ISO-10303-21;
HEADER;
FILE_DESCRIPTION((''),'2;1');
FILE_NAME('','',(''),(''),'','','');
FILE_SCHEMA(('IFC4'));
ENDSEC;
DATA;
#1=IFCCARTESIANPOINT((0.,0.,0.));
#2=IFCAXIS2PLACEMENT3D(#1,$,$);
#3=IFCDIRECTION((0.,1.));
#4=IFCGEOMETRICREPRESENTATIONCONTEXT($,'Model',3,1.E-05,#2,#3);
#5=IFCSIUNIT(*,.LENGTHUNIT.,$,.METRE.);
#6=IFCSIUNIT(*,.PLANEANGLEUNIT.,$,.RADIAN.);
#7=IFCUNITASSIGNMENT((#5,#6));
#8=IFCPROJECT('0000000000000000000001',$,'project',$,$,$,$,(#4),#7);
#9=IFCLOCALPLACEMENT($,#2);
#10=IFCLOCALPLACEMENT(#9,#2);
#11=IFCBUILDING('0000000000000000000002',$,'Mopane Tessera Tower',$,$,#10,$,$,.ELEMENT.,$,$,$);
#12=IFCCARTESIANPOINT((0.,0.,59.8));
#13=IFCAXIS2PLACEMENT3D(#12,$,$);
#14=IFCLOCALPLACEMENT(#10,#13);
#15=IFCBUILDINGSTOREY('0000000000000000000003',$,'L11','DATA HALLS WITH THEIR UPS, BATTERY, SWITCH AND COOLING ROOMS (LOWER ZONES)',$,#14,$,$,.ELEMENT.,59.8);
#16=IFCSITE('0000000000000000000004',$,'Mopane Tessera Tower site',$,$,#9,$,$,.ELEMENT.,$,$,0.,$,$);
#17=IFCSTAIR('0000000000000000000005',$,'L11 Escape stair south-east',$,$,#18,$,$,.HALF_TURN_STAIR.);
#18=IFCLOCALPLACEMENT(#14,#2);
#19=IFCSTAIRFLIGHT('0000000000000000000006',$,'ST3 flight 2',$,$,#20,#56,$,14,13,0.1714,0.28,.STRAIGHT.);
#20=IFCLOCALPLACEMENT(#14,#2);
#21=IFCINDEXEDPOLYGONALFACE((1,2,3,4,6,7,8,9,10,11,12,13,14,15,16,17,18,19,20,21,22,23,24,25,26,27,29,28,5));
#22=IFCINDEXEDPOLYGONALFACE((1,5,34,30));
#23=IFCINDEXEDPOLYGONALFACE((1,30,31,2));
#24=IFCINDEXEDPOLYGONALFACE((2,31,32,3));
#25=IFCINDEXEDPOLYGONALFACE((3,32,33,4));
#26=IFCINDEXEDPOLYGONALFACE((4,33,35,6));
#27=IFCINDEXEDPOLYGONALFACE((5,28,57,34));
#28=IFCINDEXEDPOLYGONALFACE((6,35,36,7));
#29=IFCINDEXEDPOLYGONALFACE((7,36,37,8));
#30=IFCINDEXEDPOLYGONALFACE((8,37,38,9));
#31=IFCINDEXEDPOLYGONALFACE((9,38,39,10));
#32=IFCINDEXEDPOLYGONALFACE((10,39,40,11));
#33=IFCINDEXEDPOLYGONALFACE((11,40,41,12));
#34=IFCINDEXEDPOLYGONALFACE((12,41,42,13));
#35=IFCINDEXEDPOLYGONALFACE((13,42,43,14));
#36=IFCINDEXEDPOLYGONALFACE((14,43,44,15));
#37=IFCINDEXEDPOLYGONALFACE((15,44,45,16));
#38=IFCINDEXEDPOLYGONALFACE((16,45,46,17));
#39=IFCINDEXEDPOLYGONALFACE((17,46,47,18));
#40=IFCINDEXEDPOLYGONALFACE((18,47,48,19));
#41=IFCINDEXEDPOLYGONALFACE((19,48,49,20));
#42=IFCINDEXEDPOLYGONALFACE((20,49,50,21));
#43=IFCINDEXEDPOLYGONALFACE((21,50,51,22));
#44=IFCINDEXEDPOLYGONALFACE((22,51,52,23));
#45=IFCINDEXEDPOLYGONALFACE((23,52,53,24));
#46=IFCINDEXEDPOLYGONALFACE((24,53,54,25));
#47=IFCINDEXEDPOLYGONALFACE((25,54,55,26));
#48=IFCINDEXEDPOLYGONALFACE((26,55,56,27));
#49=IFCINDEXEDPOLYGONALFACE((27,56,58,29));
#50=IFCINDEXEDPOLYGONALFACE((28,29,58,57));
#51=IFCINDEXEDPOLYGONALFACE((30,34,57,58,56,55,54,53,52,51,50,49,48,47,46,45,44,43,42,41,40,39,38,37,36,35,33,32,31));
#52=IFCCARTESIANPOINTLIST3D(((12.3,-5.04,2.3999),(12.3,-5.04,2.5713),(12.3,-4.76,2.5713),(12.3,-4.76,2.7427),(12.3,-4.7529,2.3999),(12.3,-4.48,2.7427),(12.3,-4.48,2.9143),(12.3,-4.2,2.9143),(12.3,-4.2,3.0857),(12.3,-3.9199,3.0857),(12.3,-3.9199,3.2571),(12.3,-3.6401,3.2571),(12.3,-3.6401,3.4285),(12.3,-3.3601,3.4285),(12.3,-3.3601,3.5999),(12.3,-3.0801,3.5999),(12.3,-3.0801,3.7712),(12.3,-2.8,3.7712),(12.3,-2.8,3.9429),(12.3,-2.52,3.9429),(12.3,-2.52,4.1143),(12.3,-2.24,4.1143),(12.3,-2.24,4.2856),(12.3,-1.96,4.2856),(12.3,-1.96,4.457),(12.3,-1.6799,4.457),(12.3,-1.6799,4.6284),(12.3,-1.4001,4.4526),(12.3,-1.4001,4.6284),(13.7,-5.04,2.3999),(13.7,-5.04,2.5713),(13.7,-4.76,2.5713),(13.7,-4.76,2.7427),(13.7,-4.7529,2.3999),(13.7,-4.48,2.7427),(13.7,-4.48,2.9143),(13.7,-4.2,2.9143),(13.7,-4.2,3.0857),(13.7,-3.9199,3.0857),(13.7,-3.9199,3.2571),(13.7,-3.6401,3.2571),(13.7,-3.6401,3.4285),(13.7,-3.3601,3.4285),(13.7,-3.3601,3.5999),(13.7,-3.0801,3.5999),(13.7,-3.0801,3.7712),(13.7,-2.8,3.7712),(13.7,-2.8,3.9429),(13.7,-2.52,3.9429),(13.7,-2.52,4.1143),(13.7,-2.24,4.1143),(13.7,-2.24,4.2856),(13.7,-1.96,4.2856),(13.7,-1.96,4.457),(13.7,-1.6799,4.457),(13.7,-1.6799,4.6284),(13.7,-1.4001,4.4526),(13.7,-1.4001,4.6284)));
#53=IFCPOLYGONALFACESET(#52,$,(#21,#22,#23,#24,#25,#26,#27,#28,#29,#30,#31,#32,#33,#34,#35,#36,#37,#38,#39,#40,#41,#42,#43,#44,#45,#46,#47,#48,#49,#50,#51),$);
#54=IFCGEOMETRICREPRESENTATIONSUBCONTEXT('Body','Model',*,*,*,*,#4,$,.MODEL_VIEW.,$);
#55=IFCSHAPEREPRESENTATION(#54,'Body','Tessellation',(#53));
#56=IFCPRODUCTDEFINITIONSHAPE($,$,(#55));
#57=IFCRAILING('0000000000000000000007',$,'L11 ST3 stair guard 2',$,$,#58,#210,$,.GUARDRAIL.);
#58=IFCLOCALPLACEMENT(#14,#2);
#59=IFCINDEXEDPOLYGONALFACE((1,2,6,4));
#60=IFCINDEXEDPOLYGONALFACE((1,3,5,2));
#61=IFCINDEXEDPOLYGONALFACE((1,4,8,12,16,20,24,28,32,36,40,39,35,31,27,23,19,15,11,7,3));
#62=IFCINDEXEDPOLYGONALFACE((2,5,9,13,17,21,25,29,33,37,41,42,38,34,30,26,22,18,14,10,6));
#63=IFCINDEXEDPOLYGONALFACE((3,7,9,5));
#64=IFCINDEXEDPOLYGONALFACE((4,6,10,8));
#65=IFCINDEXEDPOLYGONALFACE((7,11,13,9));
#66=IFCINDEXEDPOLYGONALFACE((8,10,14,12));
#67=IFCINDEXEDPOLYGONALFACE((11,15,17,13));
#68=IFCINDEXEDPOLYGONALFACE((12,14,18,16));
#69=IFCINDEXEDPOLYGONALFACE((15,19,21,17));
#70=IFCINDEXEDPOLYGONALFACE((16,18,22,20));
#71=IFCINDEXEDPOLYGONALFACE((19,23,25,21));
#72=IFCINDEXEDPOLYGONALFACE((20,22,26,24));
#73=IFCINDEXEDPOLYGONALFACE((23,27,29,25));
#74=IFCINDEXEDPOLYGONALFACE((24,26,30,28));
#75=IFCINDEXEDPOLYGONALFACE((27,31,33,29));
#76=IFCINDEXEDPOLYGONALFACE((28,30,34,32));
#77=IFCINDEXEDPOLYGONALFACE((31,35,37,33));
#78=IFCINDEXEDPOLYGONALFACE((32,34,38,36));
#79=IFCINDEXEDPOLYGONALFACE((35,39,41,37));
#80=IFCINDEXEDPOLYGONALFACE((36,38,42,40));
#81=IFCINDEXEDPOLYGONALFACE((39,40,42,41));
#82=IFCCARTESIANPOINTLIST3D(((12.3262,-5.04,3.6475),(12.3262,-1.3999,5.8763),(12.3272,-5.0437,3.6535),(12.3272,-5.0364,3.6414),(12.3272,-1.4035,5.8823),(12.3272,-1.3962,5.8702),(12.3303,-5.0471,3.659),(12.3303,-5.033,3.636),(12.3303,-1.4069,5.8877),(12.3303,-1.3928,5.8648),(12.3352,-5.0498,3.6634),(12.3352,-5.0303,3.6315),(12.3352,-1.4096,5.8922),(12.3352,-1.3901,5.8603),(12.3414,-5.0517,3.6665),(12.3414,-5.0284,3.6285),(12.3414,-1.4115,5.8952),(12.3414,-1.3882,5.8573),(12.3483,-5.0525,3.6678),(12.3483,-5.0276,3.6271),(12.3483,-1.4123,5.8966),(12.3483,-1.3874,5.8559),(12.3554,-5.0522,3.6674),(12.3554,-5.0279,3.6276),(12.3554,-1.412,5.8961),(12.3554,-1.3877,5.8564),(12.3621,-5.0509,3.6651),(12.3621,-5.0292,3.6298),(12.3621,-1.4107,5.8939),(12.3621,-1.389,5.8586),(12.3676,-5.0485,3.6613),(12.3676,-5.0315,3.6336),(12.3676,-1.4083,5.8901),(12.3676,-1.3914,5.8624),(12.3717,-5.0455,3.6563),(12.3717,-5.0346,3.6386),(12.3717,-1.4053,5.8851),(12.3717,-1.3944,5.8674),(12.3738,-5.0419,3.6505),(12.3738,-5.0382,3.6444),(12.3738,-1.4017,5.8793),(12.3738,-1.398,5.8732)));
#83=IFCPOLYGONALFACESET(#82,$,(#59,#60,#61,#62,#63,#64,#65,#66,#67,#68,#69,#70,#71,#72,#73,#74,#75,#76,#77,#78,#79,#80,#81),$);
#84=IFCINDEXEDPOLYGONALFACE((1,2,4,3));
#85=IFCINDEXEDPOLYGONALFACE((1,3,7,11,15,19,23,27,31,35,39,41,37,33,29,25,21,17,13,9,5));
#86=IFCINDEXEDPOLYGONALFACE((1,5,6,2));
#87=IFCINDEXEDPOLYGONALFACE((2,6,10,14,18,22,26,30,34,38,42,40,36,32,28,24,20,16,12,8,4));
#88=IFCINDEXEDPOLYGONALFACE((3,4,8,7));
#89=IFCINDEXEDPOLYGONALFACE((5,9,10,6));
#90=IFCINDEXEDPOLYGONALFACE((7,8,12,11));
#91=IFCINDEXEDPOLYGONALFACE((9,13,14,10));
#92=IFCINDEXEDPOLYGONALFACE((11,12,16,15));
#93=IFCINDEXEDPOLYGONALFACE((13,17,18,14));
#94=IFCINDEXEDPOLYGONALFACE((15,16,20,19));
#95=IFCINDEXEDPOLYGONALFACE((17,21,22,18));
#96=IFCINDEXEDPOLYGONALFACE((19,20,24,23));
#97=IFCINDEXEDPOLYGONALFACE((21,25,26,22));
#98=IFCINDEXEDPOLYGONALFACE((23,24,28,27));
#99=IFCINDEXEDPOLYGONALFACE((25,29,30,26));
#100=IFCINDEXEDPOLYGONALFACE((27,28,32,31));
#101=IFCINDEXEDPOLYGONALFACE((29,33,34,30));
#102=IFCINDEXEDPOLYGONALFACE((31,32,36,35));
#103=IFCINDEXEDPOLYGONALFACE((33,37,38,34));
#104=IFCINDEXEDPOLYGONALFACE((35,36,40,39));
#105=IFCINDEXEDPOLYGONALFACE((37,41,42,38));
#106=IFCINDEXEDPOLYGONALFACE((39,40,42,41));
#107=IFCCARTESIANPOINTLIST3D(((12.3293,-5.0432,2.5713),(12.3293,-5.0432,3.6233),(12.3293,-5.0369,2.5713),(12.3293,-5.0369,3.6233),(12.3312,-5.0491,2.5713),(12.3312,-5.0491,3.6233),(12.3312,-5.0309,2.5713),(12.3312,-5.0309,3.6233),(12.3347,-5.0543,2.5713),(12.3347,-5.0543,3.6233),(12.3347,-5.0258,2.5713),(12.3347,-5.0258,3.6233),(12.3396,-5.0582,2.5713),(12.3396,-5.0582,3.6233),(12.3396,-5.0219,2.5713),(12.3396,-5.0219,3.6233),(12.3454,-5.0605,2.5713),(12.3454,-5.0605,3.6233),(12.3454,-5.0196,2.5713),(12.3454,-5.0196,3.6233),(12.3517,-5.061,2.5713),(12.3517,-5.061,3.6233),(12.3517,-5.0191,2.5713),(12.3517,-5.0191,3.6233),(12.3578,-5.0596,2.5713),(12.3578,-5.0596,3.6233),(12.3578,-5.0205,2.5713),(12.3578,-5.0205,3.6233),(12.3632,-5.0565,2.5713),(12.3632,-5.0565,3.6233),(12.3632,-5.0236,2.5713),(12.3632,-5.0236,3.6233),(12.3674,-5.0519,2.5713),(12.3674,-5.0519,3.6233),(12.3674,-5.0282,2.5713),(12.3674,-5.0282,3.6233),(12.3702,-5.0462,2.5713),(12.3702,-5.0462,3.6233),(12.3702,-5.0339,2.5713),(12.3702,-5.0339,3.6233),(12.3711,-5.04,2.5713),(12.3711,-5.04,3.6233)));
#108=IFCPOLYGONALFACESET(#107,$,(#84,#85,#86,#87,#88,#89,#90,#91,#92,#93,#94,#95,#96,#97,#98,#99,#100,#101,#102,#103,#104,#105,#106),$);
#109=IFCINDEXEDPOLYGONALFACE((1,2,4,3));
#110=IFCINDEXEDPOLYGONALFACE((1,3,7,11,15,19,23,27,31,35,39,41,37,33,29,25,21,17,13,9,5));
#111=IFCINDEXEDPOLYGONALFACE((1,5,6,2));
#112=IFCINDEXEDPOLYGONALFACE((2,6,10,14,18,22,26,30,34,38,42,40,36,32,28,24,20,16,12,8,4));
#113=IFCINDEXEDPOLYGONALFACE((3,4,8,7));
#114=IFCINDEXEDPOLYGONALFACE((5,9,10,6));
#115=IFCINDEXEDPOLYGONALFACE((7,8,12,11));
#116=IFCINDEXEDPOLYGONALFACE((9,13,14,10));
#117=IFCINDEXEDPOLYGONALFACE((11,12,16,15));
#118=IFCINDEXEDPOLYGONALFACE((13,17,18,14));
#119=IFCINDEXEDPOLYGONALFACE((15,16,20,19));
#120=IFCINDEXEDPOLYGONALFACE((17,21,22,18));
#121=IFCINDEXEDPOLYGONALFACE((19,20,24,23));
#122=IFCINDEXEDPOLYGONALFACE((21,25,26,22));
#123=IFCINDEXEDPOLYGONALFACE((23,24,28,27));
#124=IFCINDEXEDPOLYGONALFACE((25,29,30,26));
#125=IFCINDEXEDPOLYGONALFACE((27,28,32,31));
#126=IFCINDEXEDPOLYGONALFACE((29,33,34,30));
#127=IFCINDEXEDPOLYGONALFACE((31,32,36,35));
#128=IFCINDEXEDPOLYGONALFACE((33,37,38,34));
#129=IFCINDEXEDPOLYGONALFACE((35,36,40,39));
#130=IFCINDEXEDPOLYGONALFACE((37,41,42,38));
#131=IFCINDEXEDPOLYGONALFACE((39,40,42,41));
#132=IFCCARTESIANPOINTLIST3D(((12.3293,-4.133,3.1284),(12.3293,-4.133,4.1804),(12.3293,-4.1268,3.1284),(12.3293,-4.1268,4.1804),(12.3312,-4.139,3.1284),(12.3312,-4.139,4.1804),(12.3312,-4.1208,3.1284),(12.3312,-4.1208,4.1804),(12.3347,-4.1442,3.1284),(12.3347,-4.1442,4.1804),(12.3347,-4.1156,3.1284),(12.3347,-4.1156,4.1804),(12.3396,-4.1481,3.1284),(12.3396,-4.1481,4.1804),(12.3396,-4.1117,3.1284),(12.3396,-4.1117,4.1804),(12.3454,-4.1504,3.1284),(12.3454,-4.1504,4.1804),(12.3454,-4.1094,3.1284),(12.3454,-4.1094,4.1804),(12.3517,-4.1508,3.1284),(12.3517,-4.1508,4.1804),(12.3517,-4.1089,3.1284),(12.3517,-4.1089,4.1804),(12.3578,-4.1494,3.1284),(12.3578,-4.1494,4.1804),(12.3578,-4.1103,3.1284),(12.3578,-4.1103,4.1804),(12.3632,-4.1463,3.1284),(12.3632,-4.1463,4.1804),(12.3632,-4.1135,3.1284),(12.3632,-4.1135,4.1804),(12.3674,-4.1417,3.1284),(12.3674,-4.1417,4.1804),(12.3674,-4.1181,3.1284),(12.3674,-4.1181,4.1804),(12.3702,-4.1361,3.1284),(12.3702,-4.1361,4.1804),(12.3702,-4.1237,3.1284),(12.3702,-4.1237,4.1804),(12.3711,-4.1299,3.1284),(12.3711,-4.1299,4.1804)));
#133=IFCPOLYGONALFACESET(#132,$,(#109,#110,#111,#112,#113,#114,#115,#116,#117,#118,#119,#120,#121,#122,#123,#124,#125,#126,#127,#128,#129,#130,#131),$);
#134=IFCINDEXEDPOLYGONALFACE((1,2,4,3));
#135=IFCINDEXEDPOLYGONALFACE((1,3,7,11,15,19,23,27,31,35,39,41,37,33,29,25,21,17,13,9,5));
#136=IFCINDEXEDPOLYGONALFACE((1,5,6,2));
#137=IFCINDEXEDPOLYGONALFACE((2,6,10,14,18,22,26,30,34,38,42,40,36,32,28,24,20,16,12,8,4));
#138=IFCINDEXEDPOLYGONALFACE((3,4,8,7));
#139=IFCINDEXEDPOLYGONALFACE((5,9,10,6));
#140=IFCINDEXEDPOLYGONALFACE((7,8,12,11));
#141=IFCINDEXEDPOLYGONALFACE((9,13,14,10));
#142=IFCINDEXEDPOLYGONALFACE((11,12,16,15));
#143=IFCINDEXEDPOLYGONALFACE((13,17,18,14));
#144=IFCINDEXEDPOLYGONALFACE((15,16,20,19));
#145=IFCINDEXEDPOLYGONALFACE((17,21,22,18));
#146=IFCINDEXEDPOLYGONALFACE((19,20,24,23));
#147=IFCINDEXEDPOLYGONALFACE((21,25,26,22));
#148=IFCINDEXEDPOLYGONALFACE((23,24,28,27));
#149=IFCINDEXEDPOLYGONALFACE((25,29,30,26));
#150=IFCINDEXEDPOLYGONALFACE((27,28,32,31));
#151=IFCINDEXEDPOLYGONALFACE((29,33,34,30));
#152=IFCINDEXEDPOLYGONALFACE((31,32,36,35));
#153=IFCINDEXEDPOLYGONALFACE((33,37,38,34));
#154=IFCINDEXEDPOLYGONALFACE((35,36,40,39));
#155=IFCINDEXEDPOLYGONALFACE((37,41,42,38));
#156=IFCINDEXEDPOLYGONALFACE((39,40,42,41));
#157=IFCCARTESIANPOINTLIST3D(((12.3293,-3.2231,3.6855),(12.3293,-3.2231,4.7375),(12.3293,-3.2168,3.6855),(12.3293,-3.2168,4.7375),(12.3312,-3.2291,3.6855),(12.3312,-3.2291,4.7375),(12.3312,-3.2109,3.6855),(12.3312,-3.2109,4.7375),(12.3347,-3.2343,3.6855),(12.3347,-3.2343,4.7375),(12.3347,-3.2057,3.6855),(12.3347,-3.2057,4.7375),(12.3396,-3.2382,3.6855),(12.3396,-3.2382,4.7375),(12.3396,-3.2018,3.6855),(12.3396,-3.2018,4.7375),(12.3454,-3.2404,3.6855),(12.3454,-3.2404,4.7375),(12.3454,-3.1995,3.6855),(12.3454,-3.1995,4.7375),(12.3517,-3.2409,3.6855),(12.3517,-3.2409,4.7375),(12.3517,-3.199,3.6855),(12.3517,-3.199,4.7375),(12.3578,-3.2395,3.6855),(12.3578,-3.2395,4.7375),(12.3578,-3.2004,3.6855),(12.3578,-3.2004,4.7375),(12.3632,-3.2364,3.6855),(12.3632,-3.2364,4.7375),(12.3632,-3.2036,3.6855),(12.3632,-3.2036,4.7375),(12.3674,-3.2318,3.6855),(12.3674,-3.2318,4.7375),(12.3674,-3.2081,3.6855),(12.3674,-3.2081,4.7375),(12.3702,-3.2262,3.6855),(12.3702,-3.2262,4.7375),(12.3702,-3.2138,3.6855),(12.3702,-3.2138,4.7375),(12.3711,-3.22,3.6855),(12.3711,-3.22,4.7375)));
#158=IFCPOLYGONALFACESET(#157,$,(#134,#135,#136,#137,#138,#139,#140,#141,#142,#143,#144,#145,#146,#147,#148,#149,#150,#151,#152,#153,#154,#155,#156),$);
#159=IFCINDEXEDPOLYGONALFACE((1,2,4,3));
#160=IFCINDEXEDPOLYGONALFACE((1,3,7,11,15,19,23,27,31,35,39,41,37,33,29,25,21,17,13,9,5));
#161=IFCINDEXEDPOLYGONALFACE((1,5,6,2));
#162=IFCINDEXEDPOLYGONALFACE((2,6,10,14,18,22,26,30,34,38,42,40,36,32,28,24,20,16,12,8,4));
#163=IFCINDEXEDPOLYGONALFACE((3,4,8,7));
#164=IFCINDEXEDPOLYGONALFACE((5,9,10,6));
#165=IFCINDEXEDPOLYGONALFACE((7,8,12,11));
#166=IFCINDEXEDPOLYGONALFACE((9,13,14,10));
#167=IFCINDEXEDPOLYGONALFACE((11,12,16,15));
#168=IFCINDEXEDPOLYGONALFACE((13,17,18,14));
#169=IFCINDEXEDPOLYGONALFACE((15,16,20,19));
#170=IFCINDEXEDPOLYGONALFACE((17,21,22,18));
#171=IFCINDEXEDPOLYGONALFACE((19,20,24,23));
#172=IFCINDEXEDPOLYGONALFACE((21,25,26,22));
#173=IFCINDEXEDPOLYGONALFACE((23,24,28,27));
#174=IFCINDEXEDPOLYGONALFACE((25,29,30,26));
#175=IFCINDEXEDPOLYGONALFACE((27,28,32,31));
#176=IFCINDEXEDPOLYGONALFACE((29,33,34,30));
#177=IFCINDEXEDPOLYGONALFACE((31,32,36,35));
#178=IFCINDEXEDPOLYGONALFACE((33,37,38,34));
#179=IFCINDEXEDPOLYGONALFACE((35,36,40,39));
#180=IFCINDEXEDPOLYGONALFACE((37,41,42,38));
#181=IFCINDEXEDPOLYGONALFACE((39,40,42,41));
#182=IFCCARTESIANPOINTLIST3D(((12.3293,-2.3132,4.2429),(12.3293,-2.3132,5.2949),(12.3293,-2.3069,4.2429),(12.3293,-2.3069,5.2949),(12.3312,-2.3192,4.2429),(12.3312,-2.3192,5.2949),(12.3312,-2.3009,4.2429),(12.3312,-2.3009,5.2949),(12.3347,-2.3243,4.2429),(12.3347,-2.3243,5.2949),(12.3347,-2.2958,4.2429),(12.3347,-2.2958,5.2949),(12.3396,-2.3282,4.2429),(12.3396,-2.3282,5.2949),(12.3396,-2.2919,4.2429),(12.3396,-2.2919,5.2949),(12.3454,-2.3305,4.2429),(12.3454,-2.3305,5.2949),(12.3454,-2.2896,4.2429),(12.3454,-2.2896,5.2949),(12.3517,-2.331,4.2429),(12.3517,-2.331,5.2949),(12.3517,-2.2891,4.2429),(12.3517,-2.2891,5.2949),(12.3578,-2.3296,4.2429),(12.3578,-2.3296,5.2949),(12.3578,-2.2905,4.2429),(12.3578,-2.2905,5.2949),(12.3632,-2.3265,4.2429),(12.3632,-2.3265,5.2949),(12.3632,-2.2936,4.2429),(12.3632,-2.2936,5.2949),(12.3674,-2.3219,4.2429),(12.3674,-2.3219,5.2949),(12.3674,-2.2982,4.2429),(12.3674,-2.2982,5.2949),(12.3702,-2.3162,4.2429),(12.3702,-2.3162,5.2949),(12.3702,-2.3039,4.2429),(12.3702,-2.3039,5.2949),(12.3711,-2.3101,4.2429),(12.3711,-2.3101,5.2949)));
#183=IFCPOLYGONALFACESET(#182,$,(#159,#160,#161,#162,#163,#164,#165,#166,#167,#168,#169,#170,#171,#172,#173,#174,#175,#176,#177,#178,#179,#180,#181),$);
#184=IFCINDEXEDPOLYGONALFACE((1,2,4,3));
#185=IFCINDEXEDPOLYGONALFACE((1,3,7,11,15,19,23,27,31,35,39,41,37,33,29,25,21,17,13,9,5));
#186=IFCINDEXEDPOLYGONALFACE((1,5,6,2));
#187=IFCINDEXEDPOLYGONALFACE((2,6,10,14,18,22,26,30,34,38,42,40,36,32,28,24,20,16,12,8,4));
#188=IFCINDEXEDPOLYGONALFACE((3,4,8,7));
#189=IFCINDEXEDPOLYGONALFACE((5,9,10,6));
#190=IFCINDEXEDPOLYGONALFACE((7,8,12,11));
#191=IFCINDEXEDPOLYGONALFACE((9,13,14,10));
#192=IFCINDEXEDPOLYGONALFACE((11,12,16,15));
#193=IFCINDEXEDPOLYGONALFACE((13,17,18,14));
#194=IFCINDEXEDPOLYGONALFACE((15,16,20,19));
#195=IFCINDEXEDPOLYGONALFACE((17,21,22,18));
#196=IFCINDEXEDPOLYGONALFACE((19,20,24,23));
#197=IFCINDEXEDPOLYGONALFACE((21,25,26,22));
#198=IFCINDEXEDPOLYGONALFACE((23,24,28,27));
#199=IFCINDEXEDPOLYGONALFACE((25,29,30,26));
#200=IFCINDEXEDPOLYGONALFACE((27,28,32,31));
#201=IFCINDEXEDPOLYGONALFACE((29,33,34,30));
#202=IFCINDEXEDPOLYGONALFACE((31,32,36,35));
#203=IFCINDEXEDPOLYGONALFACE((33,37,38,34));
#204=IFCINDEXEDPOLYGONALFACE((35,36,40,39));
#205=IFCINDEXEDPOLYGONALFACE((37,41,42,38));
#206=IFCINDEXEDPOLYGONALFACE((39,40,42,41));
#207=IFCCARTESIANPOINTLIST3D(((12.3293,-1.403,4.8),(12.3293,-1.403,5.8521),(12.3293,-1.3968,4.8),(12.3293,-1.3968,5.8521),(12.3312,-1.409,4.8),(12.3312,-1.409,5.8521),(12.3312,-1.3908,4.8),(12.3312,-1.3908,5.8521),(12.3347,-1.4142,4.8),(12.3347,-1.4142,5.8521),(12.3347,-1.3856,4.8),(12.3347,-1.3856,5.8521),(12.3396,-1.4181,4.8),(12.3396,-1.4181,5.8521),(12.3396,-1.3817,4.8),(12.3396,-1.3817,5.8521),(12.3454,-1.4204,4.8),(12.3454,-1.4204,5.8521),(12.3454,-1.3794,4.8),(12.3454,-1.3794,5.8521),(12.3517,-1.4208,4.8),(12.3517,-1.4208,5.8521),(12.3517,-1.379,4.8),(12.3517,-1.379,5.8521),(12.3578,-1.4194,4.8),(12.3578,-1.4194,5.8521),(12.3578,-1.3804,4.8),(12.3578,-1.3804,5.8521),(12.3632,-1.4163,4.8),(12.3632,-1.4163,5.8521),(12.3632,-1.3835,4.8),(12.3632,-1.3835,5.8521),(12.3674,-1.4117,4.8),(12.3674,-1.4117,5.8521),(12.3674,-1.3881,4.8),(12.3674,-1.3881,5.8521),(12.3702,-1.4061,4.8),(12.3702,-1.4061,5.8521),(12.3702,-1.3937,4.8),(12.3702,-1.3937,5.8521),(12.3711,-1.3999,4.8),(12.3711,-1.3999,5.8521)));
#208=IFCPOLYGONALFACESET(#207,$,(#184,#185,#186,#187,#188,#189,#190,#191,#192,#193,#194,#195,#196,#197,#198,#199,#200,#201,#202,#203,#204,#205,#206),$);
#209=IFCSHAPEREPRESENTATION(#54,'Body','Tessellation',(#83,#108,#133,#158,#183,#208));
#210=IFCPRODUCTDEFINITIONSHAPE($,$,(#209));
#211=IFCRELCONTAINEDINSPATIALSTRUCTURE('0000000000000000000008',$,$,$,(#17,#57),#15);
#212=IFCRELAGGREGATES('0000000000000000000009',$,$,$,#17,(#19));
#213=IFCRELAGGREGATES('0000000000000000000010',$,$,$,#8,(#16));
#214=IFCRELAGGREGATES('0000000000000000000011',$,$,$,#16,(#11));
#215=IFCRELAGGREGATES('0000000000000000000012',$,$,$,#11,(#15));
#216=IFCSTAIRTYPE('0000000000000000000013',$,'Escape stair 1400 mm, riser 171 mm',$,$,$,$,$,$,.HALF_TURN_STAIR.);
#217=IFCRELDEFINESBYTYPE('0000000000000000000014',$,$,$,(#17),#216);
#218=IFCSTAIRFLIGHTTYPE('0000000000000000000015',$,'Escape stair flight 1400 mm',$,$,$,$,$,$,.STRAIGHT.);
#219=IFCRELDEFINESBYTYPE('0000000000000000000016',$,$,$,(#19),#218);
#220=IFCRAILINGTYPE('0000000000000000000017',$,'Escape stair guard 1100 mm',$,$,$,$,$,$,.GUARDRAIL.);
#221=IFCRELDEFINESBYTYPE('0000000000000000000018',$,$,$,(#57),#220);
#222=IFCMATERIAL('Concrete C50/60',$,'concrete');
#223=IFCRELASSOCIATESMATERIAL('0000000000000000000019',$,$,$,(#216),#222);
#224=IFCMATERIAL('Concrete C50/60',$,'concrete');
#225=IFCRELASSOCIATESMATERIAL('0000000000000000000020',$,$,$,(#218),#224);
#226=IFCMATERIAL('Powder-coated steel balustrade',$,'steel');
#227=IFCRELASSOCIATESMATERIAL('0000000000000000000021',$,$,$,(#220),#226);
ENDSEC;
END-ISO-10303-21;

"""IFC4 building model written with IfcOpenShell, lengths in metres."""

from ifc_helpers import new_model, si_unit, direction, frame, origin, origin_2d, place, context, subcontext, project, spatial, polyline, circle, outline, extrude, material, type_object, element, aggregate, save


model = new_model("IFC4")

# Units and contexts
model_context = context("Model", 3, precision=1e-05, world=origin(), true_north=direction((0.0, 1.0)))
body_context = subcontext(model_context, "Body", "Model", "MODEL_VIEW")
ifc_project = project(units=[si_unit("LENGTHUNIT", "METRE"), si_unit("PLANEANGLEUNIT", "RADIAN")], contexts=[model_context])

# Site, building, storey
site_placement = place(None, origin())
site = spatial("IfcSite", under=ifc_project, at=site_placement, Name="Mopane Tessera Tower site", CompositionType="ELEMENT", RefElevation=0.0)
building_placement = place(site_placement, origin())
building = spatial("IfcBuilding", under=site, at=building_placement, Name="Mopane Tessera Tower", CompositionType="ELEMENT")
storey_placement = place(building_placement, frame((0.0, 0.0, 59.8)))
storey = spatial("IfcBuildingStorey", under=building, at=storey_placement, Name="L11", Description="DATA HALLS WITH THEIR UPS, BATTERY, SWITCH AND COOLING ROOMS (LOWER ZONES)", CompositionType="ELEMENT", Elevation=59.8)

# Stair, stair flight
ifc_material_1 = material(Name="Concrete C50/60", Category="concrete")
stair_type = type_object("IfcStairType", Name="Escape stair 1400 mm, riser 171 mm", PredefinedType="HALF_TURN_STAIR", material=ifc_material_1)
stair_placement = place(storey_placement, origin())
stair = element("IfcStair", 1, at=stair_placement, inside=storey, type_object=stair_type, Name="L11 Escape stair south-east", PredefinedType="HALF_TURN_STAIR")
ifc_material_2 = material(Name="Concrete C50/60", Category="concrete")
stair_flight_type = type_object("IfcStairFlightType", Name="Escape stair flight 1400 mm", PredefinedType="STRAIGHT", material=ifc_material_2)
stair_flight_placement = place(storey_placement, frame((13.0, -5.04, 2.3999), z_axis=(0.0, 0.0, 1.0), x_axis=(0.0, 1.0, 0.0)))
stair_flight = element("IfcStairFlight", 2, at=stair_flight_placement, type_object=stair_flight_type, Name="ST3 flight 2", NumberOfRisers=14, NumberOfTreads=13, PredefinedType="STRAIGHT", RiserHeight=0.1714, TreadLength=0.28, context=body_context, shape_type="SweptSolid", body=[
    extrude(outline(polyline([(0.0, 0.0), (0.0, 0.1714), (0.28, 0.1714), (0.28, 0.3428), (0.5601, 0.3428), (0.5601, 0.5144), (0.8401, 0.5144), (0.8401, 0.6858), (1.1201, 0.6858), (1.1201, 0.8572), (1.3999, 0.8572), (1.3999, 1.0286), (1.6799, 1.0286), (1.6799, 1.2), (1.96, 1.2), (1.96, 1.3713), (2.24, 1.3713), (2.24, 1.543), (2.52, 1.543), (2.52, 1.7144), (2.8, 1.7144), (2.8, 1.8857), (3.0801, 1.8857), (3.0801, 2.0571), (3.3601, 2.0571), (3.3601, 2.2285), (3.6399, 2.2285), (3.6399, 2.3999), (3.6399, 2.0527), (0.2871, 0.0), (0.0, 0.0)])), frame((0.0, 0.7, 0.0), z_axis=(0.0, -1.0, 0.0), x_axis=(1.0, 0.0, 0.0)), (0.0, 0.0, 1.0), 1.3999),
])
aggregate(stair, [stair_flight])

# Railing
ifc_material_3 = material(Name="Powder-coated steel balustrade", Category="steel")
railing_type_1 = type_object("IfcRailingType", Name="Escape stair guard 1100 mm", PredefinedType="GUARDRAIL", material=ifc_material_3)
railing_1_placement = place(storey_placement, frame((12.3501, -5.04, 2.5713)))
element("IfcRailing", 3, at=railing_1_placement, inside=storey, type_object=railing_type_1, Name="L11 ST3 stair guard 2", PredefinedType="GUARDRAIL", context=body_context, shape_type="SweptSolid", body=[
    extrude(circle(Radius=0.0239, at=origin_2d()), frame((0.0, 0.0, 1.0762), z_axis=(0.0, 0.85284, 0.522172), x_axis=(-1.0, 0.0, 0.0)), (0.0, 0.0, 1.0), 4.2683),
    extrude(circle(Radius=0.021, at=origin_2d()), origin(), (0.0, 0.0, 1.0), 1.052),
    extrude(circle(Radius=0.021, at=origin_2d()), frame((0.0, 0.9102, 0.5571)), (0.0, 0.0, 1.0), 1.052),
    extrude(circle(Radius=0.021, at=origin_2d()), frame((0.0, 1.8201, 1.1143)), (0.0, 0.0, 1.0), 1.052),
    extrude(circle(Radius=0.021, at=origin_2d()), frame((0.0, 2.73, 1.6716)), (0.0, 0.0, 1.0), 1.052),
    extrude(circle(Radius=0.021, at=origin_2d()), frame((0.0, 3.6401, 2.2288)), (0.0, 0.0, 1.0), 1.052),
])

save(model, "model.ifc")
